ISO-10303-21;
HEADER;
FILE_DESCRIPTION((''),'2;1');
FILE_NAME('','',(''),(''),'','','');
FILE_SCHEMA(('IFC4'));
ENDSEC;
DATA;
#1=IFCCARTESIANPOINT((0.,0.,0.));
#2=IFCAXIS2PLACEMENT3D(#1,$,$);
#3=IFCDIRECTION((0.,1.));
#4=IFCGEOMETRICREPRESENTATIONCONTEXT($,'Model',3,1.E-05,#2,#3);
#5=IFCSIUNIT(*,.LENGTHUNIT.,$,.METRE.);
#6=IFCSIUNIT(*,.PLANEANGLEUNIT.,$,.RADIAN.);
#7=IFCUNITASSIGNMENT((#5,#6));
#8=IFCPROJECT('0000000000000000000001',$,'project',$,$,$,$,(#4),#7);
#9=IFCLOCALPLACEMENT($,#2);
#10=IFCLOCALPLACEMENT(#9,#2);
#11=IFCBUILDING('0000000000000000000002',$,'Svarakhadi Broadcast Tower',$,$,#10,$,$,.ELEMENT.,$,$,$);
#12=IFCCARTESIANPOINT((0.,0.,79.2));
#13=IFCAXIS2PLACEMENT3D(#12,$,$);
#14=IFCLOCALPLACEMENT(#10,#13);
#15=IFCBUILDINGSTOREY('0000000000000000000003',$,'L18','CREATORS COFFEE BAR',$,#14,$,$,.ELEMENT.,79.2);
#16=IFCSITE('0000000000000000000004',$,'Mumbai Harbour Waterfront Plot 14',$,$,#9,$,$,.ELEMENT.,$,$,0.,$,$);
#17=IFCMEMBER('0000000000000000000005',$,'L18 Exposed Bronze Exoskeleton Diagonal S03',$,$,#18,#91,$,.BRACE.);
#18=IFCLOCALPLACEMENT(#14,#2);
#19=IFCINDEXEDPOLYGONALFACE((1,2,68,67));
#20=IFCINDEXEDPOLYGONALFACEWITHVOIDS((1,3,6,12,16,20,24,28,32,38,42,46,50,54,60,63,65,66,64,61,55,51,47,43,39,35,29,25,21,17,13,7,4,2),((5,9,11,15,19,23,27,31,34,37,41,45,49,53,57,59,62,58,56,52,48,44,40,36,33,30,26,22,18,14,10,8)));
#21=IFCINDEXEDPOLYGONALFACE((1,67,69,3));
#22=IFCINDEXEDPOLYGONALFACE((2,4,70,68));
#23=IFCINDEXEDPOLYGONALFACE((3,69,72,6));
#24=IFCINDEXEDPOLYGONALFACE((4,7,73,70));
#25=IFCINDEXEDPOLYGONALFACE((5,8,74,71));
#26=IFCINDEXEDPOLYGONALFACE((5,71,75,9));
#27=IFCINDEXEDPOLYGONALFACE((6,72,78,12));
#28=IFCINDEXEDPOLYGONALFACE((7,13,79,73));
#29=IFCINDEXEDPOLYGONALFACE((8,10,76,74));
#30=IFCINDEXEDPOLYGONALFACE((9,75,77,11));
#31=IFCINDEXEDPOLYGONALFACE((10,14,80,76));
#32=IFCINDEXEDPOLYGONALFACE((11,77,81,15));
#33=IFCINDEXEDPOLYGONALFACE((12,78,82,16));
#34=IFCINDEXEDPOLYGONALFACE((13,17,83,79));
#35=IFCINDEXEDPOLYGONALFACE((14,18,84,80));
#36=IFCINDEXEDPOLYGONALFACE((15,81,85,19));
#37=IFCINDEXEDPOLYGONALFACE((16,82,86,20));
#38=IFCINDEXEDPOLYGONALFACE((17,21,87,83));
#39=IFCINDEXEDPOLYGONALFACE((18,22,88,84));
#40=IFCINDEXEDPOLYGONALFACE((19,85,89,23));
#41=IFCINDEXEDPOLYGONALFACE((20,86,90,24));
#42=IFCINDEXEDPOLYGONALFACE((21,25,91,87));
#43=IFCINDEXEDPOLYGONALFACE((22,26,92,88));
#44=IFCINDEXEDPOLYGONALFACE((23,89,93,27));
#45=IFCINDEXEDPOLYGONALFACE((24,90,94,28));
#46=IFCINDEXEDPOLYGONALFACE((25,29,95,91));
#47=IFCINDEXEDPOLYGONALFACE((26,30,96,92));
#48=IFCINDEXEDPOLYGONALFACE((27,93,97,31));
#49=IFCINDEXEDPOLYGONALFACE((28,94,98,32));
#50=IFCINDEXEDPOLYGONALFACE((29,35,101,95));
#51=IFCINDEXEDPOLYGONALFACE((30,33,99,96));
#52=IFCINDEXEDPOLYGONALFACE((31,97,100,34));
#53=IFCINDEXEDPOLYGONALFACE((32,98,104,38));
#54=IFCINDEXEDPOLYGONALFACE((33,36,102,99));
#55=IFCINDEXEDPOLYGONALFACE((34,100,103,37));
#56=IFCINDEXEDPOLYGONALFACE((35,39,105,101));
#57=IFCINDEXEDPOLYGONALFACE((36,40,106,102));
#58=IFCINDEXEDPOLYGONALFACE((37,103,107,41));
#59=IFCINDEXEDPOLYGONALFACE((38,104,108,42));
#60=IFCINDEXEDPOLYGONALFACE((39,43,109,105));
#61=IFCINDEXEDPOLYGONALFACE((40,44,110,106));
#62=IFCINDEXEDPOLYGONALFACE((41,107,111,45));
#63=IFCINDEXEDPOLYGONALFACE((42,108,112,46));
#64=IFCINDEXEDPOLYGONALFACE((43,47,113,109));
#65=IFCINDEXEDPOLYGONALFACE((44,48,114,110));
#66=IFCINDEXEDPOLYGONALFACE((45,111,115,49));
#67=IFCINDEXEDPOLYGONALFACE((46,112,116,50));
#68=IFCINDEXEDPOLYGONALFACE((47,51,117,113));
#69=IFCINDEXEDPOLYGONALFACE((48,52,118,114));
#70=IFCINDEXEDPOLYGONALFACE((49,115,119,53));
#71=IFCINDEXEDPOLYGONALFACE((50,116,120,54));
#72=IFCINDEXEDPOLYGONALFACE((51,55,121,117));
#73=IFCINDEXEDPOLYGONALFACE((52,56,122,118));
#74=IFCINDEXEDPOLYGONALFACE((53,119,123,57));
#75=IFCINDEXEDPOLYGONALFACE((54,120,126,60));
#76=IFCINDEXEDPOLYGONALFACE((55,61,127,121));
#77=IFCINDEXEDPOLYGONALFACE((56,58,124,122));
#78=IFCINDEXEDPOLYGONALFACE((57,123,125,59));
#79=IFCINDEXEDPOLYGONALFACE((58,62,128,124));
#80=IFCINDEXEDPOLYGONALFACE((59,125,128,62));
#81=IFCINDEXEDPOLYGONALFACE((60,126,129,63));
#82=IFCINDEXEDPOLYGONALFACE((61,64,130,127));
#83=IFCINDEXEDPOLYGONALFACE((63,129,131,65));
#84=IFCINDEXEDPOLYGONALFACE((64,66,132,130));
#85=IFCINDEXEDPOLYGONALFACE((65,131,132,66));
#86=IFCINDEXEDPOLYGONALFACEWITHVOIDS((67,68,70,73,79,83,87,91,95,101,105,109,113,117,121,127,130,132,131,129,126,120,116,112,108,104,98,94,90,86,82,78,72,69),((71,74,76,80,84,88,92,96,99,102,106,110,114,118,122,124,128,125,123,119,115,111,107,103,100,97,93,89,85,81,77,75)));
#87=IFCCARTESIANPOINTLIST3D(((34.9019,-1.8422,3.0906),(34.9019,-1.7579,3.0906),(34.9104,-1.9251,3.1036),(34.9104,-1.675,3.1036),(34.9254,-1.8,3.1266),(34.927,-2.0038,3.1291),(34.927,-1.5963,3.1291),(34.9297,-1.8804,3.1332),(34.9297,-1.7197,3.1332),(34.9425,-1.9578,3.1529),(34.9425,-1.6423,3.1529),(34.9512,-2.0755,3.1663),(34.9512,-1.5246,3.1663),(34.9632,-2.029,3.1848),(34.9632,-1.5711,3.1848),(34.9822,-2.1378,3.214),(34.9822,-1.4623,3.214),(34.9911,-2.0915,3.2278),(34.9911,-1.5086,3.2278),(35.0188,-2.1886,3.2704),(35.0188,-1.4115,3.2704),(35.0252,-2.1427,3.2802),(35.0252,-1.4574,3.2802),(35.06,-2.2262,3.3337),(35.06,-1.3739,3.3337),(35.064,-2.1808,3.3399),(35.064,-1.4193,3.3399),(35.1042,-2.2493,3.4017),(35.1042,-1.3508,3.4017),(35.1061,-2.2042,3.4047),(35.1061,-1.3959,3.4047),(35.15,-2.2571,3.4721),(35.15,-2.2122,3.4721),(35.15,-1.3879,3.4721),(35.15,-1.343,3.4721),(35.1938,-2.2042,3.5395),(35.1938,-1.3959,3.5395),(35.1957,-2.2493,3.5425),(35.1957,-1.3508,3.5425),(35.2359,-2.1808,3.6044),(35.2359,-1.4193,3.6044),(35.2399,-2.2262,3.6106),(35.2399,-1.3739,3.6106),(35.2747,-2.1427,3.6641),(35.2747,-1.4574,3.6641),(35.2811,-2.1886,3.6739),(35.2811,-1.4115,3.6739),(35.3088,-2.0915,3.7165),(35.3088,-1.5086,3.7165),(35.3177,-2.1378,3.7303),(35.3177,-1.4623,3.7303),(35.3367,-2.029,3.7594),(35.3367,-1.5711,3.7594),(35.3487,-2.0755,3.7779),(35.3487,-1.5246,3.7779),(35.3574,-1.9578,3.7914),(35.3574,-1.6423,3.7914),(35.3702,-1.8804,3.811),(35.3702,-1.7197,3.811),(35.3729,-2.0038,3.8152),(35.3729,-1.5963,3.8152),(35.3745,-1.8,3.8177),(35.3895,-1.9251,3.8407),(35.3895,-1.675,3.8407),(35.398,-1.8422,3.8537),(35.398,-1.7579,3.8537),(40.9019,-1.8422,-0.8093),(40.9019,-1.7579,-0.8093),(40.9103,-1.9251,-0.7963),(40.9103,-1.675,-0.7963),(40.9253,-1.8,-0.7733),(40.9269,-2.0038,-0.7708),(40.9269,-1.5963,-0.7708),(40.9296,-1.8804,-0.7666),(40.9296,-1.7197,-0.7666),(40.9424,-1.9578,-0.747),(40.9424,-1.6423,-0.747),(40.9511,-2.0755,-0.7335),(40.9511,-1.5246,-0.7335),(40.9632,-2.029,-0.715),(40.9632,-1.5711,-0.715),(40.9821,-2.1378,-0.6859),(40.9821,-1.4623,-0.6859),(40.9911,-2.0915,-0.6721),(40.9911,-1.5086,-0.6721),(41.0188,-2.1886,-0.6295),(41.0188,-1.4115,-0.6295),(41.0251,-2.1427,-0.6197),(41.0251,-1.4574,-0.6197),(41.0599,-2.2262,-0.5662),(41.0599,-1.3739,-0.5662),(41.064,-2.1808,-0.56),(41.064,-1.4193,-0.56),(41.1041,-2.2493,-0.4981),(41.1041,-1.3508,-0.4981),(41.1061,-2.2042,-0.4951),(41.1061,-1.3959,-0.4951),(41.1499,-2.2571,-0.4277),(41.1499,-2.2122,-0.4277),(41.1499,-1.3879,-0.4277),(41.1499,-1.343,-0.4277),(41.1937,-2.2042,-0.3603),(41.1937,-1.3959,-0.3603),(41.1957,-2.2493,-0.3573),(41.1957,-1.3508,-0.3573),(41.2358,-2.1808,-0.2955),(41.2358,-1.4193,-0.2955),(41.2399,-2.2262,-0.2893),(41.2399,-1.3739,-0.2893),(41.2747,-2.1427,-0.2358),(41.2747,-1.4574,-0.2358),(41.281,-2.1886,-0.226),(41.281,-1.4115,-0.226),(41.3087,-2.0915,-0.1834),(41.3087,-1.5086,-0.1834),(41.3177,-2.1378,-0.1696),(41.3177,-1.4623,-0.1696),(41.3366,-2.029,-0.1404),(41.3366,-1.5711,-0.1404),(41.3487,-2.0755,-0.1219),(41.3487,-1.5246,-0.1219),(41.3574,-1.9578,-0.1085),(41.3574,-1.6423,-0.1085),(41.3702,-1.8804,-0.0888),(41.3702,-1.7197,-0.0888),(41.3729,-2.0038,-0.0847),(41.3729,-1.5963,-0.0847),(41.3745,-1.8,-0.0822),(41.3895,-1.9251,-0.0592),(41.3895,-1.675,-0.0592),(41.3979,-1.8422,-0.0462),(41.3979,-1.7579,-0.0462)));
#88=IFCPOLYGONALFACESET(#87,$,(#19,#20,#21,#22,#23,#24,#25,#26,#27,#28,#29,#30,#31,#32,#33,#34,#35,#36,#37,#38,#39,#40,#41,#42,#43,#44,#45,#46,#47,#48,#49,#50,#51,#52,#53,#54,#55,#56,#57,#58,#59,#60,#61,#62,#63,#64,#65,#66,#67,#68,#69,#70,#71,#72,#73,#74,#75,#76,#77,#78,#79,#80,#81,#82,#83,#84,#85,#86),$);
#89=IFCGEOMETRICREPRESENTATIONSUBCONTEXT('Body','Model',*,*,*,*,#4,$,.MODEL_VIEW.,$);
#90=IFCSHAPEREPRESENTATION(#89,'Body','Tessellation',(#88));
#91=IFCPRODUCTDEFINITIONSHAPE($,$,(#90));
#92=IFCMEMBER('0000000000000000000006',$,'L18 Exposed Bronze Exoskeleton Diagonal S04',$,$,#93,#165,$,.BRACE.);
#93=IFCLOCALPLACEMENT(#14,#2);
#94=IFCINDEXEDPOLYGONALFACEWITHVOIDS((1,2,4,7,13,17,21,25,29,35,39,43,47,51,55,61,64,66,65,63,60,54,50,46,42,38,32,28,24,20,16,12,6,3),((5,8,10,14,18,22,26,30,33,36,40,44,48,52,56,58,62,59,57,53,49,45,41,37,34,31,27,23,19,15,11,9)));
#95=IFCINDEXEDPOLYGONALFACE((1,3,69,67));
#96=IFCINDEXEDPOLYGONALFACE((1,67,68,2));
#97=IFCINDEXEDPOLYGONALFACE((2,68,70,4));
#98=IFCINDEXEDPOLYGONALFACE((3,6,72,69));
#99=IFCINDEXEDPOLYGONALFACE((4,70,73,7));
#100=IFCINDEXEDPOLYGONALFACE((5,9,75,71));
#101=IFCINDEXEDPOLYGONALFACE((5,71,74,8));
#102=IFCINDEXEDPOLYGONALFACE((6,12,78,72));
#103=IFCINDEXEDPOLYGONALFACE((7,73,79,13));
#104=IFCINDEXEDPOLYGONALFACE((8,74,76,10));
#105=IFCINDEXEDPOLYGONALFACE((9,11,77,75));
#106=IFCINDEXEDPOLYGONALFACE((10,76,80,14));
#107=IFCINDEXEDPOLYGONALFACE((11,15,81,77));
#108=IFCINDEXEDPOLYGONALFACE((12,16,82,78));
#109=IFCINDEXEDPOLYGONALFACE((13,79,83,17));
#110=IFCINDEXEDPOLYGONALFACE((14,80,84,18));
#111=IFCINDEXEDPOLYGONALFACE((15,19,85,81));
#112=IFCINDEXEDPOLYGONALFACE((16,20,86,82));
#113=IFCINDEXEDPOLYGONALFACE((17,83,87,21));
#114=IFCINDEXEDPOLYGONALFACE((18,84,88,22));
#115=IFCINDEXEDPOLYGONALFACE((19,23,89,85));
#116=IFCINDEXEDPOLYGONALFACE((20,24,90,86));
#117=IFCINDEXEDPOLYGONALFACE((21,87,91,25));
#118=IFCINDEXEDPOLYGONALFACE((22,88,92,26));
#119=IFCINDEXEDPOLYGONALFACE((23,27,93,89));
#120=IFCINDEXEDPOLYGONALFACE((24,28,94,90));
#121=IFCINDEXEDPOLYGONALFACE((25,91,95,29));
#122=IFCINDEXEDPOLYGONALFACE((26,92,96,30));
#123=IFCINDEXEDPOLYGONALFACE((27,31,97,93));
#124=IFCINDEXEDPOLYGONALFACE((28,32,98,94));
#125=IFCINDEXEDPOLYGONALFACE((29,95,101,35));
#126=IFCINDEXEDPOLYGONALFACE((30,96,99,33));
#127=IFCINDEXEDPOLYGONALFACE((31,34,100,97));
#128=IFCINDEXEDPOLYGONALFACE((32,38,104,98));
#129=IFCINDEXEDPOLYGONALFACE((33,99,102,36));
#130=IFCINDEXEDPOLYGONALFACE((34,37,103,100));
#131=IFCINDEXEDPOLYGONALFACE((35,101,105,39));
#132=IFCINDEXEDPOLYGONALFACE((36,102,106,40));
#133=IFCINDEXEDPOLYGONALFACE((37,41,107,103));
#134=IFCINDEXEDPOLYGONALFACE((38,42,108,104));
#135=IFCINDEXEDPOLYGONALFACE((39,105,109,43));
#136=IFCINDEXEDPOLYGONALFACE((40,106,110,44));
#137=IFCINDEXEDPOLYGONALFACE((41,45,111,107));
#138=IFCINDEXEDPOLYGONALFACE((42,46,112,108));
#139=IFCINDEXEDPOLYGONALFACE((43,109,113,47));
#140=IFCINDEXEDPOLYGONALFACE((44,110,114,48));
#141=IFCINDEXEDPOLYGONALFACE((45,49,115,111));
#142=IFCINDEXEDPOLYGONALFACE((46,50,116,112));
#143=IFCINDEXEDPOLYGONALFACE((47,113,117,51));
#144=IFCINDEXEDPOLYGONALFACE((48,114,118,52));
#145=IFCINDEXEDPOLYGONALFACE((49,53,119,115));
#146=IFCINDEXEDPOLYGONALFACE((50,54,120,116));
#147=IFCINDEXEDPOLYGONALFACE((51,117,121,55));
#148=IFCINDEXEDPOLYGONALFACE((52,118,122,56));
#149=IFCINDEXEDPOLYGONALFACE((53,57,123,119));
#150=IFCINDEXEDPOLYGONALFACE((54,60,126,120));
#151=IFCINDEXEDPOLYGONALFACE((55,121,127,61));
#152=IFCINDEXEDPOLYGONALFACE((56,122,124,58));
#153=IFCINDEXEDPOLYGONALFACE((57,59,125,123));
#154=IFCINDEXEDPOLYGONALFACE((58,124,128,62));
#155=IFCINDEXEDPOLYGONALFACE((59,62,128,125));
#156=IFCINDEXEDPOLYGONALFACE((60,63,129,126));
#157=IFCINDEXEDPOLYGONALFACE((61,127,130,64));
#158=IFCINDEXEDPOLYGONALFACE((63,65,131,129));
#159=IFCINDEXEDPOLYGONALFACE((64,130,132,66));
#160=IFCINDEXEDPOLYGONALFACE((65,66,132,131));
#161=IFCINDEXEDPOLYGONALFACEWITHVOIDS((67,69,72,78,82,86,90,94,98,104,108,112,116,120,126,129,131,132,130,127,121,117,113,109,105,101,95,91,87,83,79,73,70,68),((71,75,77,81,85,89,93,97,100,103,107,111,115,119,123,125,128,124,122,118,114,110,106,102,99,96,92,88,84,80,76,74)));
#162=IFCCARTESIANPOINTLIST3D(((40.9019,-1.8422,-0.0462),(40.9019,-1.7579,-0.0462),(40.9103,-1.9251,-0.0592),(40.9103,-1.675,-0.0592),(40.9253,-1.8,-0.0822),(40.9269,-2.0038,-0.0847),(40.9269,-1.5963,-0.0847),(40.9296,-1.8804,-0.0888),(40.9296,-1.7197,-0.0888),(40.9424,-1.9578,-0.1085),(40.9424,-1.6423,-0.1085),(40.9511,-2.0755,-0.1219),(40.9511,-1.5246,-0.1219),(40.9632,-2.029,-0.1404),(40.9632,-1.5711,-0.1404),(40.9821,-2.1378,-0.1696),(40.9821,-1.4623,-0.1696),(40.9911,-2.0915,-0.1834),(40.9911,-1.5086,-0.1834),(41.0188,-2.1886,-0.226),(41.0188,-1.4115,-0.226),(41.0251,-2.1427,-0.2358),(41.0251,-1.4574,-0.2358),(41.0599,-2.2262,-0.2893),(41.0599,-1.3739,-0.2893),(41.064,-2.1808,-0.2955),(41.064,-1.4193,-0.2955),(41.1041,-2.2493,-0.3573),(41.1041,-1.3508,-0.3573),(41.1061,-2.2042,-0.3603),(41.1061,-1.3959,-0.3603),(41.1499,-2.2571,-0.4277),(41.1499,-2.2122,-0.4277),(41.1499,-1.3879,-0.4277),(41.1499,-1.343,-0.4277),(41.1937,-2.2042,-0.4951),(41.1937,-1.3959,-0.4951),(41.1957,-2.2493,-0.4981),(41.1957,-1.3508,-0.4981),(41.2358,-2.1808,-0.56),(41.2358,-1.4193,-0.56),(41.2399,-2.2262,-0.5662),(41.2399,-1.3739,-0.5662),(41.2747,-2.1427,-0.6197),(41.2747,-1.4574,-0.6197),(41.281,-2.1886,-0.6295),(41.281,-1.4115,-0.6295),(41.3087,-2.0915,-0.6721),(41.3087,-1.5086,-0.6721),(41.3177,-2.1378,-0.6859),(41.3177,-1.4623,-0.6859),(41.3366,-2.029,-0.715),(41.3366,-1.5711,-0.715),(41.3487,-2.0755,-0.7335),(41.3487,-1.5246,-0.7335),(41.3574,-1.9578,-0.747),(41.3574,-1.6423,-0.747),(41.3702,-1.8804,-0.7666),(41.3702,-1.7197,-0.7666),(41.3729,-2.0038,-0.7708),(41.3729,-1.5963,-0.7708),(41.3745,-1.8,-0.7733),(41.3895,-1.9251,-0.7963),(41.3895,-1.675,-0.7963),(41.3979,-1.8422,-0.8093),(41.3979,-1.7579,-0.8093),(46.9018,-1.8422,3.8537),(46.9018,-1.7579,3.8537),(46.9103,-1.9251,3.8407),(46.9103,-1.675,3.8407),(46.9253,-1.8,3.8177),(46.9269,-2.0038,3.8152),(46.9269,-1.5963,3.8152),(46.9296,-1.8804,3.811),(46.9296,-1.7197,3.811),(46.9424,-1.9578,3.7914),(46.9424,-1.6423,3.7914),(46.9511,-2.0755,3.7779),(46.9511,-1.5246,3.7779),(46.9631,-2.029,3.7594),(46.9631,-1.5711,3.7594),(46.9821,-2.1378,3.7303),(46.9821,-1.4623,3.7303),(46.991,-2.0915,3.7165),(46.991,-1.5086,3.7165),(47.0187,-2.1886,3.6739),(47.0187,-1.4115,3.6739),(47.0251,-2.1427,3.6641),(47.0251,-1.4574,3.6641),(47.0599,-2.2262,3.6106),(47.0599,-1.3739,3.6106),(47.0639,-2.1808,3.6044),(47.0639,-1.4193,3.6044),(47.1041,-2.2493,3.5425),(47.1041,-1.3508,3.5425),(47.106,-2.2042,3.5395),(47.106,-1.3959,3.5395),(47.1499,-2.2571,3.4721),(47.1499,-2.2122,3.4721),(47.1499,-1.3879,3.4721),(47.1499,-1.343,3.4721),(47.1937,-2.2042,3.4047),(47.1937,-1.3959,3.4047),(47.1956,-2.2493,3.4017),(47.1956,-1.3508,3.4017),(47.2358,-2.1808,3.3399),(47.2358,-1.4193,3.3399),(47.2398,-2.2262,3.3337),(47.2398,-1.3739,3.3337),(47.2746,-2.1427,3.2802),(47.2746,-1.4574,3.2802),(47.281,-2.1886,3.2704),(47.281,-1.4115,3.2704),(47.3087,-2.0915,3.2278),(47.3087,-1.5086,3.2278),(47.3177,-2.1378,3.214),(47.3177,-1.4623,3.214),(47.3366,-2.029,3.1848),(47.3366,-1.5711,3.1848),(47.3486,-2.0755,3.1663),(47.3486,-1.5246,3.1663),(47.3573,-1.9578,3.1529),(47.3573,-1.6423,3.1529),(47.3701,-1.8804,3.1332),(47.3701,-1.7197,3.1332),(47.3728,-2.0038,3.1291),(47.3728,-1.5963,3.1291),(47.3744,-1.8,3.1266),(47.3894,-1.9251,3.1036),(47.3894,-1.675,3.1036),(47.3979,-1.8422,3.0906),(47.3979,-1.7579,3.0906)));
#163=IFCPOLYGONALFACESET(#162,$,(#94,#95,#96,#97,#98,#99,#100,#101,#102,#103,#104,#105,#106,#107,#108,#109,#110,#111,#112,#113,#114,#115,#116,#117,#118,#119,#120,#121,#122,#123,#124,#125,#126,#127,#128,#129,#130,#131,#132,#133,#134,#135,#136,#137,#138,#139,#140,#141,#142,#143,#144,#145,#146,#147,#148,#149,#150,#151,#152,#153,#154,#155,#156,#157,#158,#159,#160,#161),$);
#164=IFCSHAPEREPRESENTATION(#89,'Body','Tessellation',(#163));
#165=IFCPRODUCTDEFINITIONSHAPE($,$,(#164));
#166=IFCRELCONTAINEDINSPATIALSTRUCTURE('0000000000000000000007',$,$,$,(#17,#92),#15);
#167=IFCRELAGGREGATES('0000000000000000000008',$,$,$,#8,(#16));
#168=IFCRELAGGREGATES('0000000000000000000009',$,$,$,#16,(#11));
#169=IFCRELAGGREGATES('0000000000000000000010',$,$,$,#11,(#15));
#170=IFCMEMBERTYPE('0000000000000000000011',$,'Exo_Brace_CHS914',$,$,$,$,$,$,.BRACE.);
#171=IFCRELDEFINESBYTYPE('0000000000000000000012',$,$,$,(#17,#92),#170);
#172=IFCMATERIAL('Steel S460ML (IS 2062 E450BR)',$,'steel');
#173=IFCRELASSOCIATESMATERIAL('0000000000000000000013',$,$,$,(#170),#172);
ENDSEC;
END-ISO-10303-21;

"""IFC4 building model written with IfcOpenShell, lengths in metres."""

from ifc_helpers import new_model, si_unit, direction, frame, origin, origin_2d, place, context, subcontext, project, spatial, hollow_circle, extrude, material, material_profile, profile_set, type_object, element, save


model = new_model("IFC4")

# Units and contexts
model_context = context("Model", 3, precision=1e-05, world=origin(), true_north=direction((0.0, 1.0)))
body_context = subcontext(model_context, "Body", "Model", "MODEL_VIEW")
ifc_project = project(units=[si_unit("LENGTHUNIT", "METRE"), si_unit("PLANEANGLEUNIT", "RADIAN")], contexts=[model_context])

# Site, building, storey
site_placement = place(None, origin())
site = spatial("IfcSite", under=ifc_project, at=site_placement, Name="Mumbai Harbour Waterfront Plot 14", CompositionType="ELEMENT", RefElevation=0.0)
building_placement = place(site_placement, origin())
building = spatial("IfcBuilding", under=site, at=building_placement, Name="Svarakhadi Broadcast Tower", CompositionType="ELEMENT")
storey_placement = place(building_placement, frame((0.0, 0.0, 79.2)))
storey = spatial("IfcBuildingStorey", under=building, at=storey_placement, Name="L18", Description="CREATORS COFFEE BAR", CompositionType="ELEMENT", Elevation=79.2)

# Shared definitions
ifc_material_1 = material(Name="Steel S460ML (IS 2062 E450BR)", Category="steel")

# Members
ifc_material_profile_1 = material_profile(ifc_material_1, hollow_circle(Radius=0.457, WallThickness=0.0449, at=origin_2d()), Name="CHS 914x45")
ifc_profile_set_1 = profile_set([ifc_material_profile_1], Name="Steel S460ML (IS 2062 E450BR)")
member_type_1 = type_object("IfcMemberType", Name="Exo_Brace_CHS914", PredefinedType="BRACE", material=ifc_profile_set_1)
for number, where, z_axis, x_axis, name in (
    (1, (41.1499, -1.8, -0.4277), (-0.83845, 0.0, 0.544979), (0.0, -1.0, 0.0), "L18 Exposed Bronze Exoskeleton Diagonal S03"),
    (2, (41.1499, -1.8, -0.4277), (0.83845, 0.0, 0.544979), (0.0, 1.0, 0.0), "L18 Exposed Bronze Exoskeleton Diagonal S04"),
):
    element("IfcMember", number, at=place(storey_placement, frame(where, z_axis=z_axis, x_axis=x_axis)), inside=storey, type_object=member_type_1, Name=name, PredefinedType="BRACE", context=body_context, shape_type="SweptSolid", body=[
        extrude(hollow_circle(Radius=0.457, WallThickness=0.0449, at=origin_2d()), origin(), (0.0, 0.0, 1.0), 7.156),
    ])

save(model, "model.ifc")
